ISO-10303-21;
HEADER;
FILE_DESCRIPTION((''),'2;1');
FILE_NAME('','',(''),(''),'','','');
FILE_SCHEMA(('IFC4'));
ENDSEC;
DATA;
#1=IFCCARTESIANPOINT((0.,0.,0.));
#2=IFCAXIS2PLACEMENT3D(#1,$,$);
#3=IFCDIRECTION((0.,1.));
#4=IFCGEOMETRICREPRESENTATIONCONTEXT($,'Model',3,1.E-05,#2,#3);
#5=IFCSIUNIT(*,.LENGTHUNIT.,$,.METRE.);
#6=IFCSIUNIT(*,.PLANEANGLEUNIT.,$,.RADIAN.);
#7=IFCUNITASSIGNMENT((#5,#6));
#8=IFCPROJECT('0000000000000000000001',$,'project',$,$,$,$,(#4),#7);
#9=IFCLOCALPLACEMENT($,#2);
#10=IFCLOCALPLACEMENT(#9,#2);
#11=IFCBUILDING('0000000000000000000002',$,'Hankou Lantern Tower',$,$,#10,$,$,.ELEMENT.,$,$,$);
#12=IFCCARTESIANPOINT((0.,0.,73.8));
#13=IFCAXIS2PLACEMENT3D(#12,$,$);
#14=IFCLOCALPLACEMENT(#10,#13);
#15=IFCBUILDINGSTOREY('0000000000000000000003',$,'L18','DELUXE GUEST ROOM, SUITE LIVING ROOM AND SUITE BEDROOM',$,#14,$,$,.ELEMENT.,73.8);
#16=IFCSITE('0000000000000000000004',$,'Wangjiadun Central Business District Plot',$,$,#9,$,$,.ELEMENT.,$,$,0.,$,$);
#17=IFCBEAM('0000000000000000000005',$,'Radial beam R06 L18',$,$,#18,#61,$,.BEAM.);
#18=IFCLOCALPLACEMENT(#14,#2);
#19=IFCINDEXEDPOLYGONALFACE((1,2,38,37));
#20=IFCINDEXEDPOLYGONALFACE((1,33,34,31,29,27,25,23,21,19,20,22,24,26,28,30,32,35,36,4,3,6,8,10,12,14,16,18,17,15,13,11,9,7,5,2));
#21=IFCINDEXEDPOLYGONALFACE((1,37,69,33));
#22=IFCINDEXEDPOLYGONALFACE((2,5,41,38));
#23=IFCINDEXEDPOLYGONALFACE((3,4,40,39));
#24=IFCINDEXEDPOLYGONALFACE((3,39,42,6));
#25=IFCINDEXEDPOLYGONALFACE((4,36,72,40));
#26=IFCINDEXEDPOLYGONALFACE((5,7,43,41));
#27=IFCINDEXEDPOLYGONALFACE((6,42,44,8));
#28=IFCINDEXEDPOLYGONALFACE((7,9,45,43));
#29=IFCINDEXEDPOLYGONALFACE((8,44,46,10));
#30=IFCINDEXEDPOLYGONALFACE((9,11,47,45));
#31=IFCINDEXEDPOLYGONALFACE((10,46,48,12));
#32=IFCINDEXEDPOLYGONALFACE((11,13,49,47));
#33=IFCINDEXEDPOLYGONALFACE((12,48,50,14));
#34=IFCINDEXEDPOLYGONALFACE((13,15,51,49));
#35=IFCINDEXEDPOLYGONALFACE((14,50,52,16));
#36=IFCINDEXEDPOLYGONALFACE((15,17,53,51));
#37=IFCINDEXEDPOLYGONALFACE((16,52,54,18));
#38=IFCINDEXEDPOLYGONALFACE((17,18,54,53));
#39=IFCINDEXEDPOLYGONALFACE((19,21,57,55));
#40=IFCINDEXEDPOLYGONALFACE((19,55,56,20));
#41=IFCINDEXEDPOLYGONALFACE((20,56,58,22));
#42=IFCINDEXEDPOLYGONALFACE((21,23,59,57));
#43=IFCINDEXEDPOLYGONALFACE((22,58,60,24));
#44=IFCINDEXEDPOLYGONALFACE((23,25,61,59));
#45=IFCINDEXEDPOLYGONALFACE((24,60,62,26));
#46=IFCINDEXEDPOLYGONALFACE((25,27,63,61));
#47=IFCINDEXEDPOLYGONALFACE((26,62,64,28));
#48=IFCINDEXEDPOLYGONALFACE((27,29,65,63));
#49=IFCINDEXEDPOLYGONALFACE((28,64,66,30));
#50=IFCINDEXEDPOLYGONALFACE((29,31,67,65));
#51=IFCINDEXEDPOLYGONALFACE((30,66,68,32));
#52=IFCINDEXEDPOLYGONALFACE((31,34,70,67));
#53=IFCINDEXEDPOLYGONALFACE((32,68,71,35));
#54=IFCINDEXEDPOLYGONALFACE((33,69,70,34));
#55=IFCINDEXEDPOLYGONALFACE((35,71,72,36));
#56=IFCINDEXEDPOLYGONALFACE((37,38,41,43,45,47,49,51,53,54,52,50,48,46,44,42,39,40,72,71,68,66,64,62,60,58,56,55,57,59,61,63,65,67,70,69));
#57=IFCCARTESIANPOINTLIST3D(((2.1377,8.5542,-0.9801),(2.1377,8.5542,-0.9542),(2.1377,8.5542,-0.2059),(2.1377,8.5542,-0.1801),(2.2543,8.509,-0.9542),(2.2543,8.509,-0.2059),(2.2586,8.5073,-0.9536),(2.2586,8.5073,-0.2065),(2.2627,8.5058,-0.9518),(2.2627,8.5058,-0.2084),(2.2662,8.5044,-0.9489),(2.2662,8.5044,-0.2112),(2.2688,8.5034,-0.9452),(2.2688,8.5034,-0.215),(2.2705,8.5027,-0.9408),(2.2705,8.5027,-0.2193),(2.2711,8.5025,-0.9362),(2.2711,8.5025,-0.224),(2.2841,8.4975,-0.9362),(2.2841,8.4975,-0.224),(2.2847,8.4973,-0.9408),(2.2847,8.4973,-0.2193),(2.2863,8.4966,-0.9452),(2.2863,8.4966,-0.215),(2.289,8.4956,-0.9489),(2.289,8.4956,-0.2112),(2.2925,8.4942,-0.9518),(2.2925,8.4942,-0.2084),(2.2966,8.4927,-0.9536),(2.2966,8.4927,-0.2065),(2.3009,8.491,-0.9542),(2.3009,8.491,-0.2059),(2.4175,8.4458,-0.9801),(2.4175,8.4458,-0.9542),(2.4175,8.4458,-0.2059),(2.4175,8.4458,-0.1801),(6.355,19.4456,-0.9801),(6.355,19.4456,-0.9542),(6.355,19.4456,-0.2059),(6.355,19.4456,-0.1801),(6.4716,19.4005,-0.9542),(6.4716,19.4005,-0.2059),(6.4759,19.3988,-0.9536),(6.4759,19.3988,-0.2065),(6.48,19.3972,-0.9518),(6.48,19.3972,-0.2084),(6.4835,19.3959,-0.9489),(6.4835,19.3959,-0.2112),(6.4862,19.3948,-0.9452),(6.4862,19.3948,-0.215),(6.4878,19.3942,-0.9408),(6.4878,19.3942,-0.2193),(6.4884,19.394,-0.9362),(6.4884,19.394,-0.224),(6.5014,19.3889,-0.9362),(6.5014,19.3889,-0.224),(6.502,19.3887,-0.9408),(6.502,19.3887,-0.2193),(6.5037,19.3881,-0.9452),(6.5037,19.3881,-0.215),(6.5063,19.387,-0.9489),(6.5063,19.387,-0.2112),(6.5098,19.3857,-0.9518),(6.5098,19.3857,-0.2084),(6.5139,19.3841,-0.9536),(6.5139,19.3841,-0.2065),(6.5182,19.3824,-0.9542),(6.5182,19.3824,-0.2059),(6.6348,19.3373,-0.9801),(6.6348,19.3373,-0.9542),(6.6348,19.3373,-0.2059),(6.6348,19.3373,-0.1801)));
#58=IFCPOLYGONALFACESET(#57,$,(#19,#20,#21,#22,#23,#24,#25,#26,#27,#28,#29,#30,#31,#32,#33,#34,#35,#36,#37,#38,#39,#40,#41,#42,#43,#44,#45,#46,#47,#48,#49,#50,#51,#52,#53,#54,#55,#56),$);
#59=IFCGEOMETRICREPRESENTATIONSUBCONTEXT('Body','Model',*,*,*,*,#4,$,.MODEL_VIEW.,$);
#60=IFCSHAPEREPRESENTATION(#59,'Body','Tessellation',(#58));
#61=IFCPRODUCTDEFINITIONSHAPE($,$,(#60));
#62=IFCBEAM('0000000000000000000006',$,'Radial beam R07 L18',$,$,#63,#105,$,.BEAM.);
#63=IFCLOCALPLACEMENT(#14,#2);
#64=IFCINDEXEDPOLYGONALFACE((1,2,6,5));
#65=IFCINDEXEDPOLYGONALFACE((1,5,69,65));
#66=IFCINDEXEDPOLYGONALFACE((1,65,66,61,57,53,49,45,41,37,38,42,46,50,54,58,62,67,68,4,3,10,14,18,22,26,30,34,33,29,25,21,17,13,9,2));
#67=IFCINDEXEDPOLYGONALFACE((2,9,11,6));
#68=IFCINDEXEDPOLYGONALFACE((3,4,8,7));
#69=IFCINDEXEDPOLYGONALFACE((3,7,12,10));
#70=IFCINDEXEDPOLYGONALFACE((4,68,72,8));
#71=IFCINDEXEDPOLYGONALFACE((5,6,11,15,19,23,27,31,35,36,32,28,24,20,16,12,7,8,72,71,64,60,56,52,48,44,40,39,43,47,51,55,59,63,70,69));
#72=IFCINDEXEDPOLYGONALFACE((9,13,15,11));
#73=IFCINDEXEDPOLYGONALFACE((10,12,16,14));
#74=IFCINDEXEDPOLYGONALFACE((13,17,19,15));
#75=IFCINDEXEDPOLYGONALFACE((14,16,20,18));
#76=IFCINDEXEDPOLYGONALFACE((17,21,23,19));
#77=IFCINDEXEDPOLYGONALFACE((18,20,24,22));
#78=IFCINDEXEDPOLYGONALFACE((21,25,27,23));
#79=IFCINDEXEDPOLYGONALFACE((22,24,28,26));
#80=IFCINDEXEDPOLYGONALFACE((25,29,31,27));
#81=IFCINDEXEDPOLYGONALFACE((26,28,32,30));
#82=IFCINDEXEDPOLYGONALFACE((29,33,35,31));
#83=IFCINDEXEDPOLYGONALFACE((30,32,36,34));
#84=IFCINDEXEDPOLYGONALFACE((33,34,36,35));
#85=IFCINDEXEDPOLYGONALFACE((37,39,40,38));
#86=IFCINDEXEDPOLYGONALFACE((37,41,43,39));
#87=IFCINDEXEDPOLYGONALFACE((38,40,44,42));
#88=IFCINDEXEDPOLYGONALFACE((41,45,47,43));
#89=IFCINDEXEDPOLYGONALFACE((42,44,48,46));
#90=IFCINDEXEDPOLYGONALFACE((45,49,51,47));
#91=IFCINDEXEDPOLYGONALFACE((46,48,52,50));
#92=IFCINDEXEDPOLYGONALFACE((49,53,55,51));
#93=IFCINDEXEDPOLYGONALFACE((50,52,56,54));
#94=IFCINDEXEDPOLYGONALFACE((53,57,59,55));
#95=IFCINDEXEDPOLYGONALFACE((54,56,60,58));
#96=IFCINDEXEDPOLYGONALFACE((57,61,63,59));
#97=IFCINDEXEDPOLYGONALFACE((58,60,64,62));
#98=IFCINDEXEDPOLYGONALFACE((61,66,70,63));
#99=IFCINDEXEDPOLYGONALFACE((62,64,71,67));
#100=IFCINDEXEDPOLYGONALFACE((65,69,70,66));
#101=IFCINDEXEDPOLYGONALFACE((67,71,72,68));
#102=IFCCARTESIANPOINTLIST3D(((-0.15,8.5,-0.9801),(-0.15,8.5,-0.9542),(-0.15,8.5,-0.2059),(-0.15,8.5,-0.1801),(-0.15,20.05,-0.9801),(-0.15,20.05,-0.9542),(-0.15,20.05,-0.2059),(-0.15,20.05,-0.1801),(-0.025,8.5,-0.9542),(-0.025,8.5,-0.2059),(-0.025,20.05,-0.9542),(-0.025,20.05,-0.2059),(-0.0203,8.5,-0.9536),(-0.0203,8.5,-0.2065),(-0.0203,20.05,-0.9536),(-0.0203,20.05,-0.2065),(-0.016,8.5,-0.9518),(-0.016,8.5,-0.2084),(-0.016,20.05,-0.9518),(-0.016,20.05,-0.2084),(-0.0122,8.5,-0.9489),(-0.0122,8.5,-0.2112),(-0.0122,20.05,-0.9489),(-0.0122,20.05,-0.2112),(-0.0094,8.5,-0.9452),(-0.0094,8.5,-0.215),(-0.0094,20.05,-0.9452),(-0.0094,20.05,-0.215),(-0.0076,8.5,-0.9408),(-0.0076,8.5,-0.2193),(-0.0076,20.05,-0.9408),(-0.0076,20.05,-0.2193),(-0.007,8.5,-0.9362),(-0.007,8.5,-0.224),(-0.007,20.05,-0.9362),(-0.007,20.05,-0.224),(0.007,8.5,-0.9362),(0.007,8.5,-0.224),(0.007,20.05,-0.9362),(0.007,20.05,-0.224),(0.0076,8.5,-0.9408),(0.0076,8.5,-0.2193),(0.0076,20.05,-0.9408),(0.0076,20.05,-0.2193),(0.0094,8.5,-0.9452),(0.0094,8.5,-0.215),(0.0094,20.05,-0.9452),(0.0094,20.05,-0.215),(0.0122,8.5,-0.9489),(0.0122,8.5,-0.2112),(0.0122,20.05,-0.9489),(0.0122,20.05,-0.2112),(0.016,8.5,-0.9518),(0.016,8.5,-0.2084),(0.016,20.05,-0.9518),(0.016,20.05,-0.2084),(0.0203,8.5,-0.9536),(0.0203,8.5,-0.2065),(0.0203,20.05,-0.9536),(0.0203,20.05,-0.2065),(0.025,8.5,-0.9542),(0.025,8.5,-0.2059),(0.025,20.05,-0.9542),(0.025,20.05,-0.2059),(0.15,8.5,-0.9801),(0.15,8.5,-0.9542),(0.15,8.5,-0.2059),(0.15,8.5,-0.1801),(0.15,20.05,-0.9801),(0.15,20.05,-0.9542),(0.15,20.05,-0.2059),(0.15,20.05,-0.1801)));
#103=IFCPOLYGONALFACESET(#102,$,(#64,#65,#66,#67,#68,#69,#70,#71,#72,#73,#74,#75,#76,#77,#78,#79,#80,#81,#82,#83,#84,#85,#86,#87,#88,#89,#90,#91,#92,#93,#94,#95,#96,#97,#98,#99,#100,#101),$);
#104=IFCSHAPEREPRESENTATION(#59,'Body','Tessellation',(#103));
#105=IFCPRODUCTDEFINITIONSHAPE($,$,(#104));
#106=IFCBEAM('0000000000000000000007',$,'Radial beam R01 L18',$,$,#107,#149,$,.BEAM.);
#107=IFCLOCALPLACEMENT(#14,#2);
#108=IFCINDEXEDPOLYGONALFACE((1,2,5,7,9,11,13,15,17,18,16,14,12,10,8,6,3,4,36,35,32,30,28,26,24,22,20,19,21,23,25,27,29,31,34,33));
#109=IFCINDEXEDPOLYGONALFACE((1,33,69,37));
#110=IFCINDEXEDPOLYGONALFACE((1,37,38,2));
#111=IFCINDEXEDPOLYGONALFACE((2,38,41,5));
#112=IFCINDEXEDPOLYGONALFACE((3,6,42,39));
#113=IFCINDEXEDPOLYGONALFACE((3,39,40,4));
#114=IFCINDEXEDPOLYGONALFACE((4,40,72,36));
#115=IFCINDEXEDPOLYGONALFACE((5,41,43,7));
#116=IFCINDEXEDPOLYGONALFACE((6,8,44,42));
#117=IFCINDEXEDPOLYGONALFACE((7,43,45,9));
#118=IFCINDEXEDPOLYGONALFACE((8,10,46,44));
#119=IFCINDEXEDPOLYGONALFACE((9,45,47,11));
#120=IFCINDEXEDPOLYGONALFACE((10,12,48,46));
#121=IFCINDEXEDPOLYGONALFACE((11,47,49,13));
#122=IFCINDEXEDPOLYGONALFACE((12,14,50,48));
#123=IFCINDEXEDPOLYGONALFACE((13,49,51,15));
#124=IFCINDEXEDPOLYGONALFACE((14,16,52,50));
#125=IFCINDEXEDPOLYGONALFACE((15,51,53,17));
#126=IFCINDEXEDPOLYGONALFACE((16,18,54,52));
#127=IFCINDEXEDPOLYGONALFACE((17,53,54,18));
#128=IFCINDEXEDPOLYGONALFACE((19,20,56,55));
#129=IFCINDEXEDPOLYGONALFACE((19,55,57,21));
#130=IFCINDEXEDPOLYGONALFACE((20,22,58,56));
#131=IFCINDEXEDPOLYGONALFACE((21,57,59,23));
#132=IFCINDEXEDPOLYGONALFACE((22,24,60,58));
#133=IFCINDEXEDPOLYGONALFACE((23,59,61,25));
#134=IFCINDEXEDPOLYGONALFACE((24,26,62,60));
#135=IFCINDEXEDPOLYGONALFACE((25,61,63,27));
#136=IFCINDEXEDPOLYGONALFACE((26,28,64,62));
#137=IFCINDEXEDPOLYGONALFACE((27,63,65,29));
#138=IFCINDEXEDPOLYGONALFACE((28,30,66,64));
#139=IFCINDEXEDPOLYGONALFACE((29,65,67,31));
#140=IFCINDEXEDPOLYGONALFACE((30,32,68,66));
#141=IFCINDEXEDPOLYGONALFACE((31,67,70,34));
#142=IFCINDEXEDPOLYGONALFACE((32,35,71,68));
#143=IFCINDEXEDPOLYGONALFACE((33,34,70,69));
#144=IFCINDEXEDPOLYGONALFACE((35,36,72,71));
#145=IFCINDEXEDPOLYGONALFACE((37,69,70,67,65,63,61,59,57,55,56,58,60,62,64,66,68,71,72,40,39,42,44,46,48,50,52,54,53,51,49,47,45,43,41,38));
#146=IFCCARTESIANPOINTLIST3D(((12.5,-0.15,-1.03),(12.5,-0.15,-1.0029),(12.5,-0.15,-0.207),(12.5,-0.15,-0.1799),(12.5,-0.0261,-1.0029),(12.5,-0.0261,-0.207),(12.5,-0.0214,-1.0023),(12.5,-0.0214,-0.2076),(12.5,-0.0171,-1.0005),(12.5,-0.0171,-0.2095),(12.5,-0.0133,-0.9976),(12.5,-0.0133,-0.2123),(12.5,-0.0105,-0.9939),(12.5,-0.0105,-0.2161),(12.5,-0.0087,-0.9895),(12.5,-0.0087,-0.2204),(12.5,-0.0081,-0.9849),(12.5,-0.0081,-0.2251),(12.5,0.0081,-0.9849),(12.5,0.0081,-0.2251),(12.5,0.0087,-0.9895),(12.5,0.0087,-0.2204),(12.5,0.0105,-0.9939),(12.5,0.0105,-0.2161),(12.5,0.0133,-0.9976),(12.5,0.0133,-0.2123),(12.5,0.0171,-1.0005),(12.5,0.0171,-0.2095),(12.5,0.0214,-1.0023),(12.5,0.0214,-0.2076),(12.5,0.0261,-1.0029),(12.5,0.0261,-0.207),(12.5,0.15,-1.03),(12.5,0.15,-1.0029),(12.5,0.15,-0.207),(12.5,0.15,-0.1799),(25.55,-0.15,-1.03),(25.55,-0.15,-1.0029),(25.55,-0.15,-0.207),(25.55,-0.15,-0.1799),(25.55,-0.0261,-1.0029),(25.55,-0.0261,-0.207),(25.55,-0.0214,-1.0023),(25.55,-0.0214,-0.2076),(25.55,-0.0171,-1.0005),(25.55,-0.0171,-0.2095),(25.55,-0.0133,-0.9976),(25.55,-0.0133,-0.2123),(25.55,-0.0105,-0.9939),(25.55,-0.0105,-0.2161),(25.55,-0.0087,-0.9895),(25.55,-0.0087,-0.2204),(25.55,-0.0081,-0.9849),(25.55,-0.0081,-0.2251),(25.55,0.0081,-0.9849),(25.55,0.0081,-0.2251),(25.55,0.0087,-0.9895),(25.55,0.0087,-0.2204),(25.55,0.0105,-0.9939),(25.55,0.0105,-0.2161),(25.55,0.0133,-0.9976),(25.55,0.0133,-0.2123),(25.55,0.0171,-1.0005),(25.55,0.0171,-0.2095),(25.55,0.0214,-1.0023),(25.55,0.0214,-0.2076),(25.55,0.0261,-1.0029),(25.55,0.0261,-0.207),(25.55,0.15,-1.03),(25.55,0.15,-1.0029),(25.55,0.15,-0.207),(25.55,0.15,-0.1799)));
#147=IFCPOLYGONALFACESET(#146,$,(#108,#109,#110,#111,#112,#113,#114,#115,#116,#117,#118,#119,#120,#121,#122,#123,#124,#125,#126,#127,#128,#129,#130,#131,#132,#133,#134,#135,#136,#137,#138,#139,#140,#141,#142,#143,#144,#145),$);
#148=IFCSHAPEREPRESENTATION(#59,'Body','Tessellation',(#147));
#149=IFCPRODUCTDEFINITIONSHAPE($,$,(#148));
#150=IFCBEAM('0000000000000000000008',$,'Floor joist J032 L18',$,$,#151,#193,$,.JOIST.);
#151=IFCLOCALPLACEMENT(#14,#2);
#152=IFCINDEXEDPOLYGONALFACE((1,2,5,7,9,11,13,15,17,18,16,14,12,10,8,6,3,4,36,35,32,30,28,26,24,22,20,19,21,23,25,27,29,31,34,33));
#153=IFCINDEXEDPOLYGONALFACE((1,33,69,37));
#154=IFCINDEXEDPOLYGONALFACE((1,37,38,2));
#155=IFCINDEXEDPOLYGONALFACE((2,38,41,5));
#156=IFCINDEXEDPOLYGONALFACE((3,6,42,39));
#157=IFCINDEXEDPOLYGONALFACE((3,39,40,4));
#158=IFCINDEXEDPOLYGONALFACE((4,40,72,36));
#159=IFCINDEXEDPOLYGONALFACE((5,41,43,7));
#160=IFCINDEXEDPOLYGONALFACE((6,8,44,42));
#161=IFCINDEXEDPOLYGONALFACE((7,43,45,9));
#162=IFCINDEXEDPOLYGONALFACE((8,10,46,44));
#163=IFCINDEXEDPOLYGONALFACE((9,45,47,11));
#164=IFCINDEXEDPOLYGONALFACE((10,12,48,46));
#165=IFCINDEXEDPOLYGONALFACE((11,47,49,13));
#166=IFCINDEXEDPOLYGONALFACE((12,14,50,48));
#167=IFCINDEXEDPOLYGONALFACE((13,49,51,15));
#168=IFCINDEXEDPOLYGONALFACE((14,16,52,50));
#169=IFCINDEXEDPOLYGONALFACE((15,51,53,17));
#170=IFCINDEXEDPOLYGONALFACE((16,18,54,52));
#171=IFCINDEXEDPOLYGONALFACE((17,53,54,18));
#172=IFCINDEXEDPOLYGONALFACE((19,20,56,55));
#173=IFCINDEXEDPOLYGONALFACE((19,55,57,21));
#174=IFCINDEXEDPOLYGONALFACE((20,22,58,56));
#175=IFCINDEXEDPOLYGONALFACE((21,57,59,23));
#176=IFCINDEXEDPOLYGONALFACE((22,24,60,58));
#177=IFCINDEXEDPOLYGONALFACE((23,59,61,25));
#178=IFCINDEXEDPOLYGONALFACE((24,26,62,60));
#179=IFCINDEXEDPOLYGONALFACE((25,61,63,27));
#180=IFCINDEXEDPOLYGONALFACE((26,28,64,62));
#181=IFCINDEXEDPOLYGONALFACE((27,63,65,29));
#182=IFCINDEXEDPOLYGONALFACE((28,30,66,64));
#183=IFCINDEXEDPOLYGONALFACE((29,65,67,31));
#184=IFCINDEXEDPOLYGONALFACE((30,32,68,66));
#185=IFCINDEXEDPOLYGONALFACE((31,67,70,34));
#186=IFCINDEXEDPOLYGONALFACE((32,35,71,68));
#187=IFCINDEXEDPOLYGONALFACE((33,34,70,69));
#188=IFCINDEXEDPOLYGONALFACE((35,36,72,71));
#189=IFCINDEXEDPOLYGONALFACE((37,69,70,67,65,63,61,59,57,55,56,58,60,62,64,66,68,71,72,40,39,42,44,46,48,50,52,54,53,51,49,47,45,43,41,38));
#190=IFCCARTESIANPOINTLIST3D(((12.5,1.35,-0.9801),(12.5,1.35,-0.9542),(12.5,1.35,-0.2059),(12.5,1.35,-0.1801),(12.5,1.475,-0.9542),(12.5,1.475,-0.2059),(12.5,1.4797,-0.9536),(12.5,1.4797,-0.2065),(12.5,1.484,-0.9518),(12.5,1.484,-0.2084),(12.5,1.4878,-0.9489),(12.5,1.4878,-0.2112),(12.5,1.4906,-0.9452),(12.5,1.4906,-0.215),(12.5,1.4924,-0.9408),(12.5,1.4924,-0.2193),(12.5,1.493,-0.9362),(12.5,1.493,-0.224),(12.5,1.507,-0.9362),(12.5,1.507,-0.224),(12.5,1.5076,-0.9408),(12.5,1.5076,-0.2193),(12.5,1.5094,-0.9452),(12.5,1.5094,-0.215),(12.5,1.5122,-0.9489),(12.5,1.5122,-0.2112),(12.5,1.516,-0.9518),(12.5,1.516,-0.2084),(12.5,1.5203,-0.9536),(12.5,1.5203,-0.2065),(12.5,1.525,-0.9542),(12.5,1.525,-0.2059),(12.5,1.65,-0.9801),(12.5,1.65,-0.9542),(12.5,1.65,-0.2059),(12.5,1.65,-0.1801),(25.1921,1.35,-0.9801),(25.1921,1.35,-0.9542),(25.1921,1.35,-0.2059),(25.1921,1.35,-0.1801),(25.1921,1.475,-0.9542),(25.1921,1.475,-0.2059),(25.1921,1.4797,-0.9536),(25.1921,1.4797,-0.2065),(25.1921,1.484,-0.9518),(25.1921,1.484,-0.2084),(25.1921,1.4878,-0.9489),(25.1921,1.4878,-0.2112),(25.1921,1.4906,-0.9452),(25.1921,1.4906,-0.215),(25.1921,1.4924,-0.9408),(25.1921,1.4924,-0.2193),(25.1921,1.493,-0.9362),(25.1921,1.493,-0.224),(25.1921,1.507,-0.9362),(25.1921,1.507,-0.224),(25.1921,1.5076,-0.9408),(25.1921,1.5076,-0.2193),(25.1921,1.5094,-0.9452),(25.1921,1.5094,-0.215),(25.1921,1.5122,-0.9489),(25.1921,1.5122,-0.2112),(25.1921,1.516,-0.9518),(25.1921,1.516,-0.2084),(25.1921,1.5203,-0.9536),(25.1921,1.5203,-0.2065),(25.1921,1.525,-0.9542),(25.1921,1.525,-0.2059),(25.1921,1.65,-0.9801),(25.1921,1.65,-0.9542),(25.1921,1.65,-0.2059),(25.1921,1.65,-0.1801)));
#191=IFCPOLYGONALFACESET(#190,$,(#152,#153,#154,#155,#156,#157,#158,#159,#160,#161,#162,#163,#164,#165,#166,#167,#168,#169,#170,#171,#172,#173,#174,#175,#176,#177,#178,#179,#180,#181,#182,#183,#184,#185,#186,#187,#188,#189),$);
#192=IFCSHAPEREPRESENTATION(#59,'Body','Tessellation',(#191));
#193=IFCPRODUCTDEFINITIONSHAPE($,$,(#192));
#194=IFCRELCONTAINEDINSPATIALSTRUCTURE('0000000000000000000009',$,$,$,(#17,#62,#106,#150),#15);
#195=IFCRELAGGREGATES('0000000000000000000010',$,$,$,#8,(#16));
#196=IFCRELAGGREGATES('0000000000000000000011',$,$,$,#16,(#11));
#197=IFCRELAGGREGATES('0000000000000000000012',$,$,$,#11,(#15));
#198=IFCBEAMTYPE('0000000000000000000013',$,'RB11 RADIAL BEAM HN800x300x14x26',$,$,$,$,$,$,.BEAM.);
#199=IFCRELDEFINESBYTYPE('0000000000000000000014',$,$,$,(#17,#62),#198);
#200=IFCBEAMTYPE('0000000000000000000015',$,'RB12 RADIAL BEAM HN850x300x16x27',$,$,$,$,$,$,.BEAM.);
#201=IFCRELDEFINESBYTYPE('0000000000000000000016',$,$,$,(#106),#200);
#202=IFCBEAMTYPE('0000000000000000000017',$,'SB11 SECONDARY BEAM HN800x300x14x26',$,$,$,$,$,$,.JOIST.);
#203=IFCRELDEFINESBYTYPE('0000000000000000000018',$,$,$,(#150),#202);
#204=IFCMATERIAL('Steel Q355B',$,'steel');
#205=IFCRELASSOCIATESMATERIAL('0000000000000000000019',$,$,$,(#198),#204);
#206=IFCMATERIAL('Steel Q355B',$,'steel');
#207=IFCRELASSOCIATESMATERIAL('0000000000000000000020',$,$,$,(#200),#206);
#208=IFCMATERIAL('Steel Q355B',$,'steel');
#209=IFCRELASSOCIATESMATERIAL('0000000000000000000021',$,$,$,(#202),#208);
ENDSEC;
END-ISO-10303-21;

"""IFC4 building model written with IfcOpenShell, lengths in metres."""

from ifc_helpers import new_model, si_unit, direction, frame, origin, origin_2d, place, context, subcontext, project, spatial, i_section, extrude, material, material_profile, profile_set, type_object, element, save


model = new_model("IFC4")

# Units and contexts
model_context = context("Model", 3, precision=1e-05, world=origin(), true_north=direction((0.0, 1.0)))
body_context = subcontext(model_context, "Body", "Model", "MODEL_VIEW")
ifc_project = project(units=[si_unit("LENGTHUNIT", "METRE"), si_unit("PLANEANGLEUNIT", "RADIAN")], contexts=[model_context])

# Site, building, storey
site_placement = place(None, origin())
site = spatial("IfcSite", under=ifc_project, at=site_placement, Name="Wangjiadun Central Business District Plot", CompositionType="ELEMENT", RefElevation=0.0)
building_placement = place(site_placement, origin())
building = spatial("IfcBuilding", under=site, at=building_placement, Name="Hankou Lantern Tower", CompositionType="ELEMENT")
storey_placement = place(building_placement, frame((0.0, 0.0, 73.8)))
storey = spatial("IfcBuildingStorey", under=building, at=storey_placement, Name="L18", Description="DELUXE GUEST ROOM, SUITE LIVING ROOM AND SUITE BEDROOM", CompositionType="ELEMENT", Elevation=73.8)

# Beams
ifc_material_1 = material(Name="Steel Q355B", Category="steel")
ifc_material_profile_1 = material_profile(ifc_material_1, i_section(OverallWidth=0.3, OverallDepth=0.8, WebThickness=0.0139, FlangeThickness=0.0259, FilletRadius=0.0181, at=origin_2d()), Name="HN800x300x14x26")
ifc_profile_set_1 = profile_set([ifc_material_profile_1], Name="Steel Q355B")
beam_type_1 = type_object("IfcBeamType", Name="RB11 RADIAL BEAM HN800x300x14x26", PredefinedType="BEAM", material=ifc_profile_set_1)
beam_1_placement = place(storey_placement, frame((2.2776, 8.5, -0.5801), z_axis=(0.361089, 0.932531, 0.0), x_axis=(-0.932531, 0.361089, 0.0)))
element("IfcBeam", 1, at=beam_1_placement, inside=storey, type_object=beam_type_1, Name="Radial beam R06 L18", PredefinedType="BEAM", context=body_context, shape_type="SweptSolid", body=[
    extrude(i_section(OverallWidth=0.3, OverallDepth=0.8, WebThickness=0.0139, FlangeThickness=0.0259, FilletRadius=0.0181, at=origin_2d()), origin(), (0.0, 0.0, 1.0), 11.6794),
])
beam_2_placement = place(storey_placement, frame((0.0, 8.5, -0.5801), z_axis=(0.0, 1.0, 0.0), x_axis=(-1.0, 0.0, 0.0)))
element("IfcBeam", 2, at=beam_2_placement, inside=storey, type_object=beam_type_1, Name="Radial beam R07 L18", PredefinedType="BEAM", context=body_context, shape_type="SweptSolid", body=[
    extrude(i_section(OverallWidth=0.3, OverallDepth=0.8, WebThickness=0.0139, FlangeThickness=0.0259, FilletRadius=0.0181, at=origin_2d()), origin(), (0.0, 0.0, 1.0), 11.55),
])
ifc_material_2 = material(Name="Steel Q355B", Category="steel")
ifc_material_profile_2 = material_profile(ifc_material_2, i_section(OverallWidth=0.3, OverallDepth=0.8501, WebThickness=0.0161, FlangeThickness=0.0271, FilletRadius=0.0181, at=origin_2d()), Name="HN850x300x16x27")
ifc_profile_set_2 = profile_set([ifc_material_profile_2], Name="Steel Q355B")
beam_type_2 = type_object("IfcBeamType", Name="RB12 RADIAL BEAM HN850x300x16x27", PredefinedType="BEAM", material=ifc_profile_set_2)
beam_3_placement = place(storey_placement, frame((12.5, 0.0, -0.605), z_axis=(1.0, 0.0, 0.0), x_axis=(0.0, 1.0, 0.0)))
element("IfcBeam", 3, at=beam_3_placement, inside=storey, type_object=beam_type_2, Name="Radial beam R01 L18", PredefinedType="BEAM", context=body_context, shape_type="SweptSolid", body=[
    extrude(i_section(OverallWidth=0.3, OverallDepth=0.8501, WebThickness=0.0161, FlangeThickness=0.0271, FilletRadius=0.0181, at=origin_2d()), origin(), (0.0, 0.0, 1.0), 13.05),
])
ifc_material_3 = material(Name="Steel Q355B", Category="steel")
ifc_material_profile_3 = material_profile(ifc_material_3, i_section(OverallWidth=0.3, OverallDepth=0.8, WebThickness=0.0139, FlangeThickness=0.0259, FilletRadius=0.0181, at=origin_2d()), Name="HN800x300x14x26")
ifc_profile_set_3 = profile_set([ifc_material_profile_3], Name="Steel Q355B")
beam_type_3 = type_object("IfcBeamType", Name="SB11 SECONDARY BEAM HN800x300x14x26", PredefinedType="JOIST", material=ifc_profile_set_3)
beam_4_placement = place(storey_placement, frame((12.5, 1.5, -0.5801), z_axis=(1.0, 0.0, 0.0), x_axis=(0.0, 1.0, 0.0)))
element("IfcBeam", 4, at=beam_4_placement, inside=storey, type_object=beam_type_3, Name="Floor joist J032 L18", PredefinedType="JOIST", context=body_context, shape_type="SweptSolid", body=[
    extrude(i_section(OverallWidth=0.3, OverallDepth=0.8, WebThickness=0.0139, FlangeThickness=0.0259, FilletRadius=0.0181, at=origin_2d()), origin(), (0.0, 0.0, 1.0), 12.6921),
])

save(model, "model.ifc")
